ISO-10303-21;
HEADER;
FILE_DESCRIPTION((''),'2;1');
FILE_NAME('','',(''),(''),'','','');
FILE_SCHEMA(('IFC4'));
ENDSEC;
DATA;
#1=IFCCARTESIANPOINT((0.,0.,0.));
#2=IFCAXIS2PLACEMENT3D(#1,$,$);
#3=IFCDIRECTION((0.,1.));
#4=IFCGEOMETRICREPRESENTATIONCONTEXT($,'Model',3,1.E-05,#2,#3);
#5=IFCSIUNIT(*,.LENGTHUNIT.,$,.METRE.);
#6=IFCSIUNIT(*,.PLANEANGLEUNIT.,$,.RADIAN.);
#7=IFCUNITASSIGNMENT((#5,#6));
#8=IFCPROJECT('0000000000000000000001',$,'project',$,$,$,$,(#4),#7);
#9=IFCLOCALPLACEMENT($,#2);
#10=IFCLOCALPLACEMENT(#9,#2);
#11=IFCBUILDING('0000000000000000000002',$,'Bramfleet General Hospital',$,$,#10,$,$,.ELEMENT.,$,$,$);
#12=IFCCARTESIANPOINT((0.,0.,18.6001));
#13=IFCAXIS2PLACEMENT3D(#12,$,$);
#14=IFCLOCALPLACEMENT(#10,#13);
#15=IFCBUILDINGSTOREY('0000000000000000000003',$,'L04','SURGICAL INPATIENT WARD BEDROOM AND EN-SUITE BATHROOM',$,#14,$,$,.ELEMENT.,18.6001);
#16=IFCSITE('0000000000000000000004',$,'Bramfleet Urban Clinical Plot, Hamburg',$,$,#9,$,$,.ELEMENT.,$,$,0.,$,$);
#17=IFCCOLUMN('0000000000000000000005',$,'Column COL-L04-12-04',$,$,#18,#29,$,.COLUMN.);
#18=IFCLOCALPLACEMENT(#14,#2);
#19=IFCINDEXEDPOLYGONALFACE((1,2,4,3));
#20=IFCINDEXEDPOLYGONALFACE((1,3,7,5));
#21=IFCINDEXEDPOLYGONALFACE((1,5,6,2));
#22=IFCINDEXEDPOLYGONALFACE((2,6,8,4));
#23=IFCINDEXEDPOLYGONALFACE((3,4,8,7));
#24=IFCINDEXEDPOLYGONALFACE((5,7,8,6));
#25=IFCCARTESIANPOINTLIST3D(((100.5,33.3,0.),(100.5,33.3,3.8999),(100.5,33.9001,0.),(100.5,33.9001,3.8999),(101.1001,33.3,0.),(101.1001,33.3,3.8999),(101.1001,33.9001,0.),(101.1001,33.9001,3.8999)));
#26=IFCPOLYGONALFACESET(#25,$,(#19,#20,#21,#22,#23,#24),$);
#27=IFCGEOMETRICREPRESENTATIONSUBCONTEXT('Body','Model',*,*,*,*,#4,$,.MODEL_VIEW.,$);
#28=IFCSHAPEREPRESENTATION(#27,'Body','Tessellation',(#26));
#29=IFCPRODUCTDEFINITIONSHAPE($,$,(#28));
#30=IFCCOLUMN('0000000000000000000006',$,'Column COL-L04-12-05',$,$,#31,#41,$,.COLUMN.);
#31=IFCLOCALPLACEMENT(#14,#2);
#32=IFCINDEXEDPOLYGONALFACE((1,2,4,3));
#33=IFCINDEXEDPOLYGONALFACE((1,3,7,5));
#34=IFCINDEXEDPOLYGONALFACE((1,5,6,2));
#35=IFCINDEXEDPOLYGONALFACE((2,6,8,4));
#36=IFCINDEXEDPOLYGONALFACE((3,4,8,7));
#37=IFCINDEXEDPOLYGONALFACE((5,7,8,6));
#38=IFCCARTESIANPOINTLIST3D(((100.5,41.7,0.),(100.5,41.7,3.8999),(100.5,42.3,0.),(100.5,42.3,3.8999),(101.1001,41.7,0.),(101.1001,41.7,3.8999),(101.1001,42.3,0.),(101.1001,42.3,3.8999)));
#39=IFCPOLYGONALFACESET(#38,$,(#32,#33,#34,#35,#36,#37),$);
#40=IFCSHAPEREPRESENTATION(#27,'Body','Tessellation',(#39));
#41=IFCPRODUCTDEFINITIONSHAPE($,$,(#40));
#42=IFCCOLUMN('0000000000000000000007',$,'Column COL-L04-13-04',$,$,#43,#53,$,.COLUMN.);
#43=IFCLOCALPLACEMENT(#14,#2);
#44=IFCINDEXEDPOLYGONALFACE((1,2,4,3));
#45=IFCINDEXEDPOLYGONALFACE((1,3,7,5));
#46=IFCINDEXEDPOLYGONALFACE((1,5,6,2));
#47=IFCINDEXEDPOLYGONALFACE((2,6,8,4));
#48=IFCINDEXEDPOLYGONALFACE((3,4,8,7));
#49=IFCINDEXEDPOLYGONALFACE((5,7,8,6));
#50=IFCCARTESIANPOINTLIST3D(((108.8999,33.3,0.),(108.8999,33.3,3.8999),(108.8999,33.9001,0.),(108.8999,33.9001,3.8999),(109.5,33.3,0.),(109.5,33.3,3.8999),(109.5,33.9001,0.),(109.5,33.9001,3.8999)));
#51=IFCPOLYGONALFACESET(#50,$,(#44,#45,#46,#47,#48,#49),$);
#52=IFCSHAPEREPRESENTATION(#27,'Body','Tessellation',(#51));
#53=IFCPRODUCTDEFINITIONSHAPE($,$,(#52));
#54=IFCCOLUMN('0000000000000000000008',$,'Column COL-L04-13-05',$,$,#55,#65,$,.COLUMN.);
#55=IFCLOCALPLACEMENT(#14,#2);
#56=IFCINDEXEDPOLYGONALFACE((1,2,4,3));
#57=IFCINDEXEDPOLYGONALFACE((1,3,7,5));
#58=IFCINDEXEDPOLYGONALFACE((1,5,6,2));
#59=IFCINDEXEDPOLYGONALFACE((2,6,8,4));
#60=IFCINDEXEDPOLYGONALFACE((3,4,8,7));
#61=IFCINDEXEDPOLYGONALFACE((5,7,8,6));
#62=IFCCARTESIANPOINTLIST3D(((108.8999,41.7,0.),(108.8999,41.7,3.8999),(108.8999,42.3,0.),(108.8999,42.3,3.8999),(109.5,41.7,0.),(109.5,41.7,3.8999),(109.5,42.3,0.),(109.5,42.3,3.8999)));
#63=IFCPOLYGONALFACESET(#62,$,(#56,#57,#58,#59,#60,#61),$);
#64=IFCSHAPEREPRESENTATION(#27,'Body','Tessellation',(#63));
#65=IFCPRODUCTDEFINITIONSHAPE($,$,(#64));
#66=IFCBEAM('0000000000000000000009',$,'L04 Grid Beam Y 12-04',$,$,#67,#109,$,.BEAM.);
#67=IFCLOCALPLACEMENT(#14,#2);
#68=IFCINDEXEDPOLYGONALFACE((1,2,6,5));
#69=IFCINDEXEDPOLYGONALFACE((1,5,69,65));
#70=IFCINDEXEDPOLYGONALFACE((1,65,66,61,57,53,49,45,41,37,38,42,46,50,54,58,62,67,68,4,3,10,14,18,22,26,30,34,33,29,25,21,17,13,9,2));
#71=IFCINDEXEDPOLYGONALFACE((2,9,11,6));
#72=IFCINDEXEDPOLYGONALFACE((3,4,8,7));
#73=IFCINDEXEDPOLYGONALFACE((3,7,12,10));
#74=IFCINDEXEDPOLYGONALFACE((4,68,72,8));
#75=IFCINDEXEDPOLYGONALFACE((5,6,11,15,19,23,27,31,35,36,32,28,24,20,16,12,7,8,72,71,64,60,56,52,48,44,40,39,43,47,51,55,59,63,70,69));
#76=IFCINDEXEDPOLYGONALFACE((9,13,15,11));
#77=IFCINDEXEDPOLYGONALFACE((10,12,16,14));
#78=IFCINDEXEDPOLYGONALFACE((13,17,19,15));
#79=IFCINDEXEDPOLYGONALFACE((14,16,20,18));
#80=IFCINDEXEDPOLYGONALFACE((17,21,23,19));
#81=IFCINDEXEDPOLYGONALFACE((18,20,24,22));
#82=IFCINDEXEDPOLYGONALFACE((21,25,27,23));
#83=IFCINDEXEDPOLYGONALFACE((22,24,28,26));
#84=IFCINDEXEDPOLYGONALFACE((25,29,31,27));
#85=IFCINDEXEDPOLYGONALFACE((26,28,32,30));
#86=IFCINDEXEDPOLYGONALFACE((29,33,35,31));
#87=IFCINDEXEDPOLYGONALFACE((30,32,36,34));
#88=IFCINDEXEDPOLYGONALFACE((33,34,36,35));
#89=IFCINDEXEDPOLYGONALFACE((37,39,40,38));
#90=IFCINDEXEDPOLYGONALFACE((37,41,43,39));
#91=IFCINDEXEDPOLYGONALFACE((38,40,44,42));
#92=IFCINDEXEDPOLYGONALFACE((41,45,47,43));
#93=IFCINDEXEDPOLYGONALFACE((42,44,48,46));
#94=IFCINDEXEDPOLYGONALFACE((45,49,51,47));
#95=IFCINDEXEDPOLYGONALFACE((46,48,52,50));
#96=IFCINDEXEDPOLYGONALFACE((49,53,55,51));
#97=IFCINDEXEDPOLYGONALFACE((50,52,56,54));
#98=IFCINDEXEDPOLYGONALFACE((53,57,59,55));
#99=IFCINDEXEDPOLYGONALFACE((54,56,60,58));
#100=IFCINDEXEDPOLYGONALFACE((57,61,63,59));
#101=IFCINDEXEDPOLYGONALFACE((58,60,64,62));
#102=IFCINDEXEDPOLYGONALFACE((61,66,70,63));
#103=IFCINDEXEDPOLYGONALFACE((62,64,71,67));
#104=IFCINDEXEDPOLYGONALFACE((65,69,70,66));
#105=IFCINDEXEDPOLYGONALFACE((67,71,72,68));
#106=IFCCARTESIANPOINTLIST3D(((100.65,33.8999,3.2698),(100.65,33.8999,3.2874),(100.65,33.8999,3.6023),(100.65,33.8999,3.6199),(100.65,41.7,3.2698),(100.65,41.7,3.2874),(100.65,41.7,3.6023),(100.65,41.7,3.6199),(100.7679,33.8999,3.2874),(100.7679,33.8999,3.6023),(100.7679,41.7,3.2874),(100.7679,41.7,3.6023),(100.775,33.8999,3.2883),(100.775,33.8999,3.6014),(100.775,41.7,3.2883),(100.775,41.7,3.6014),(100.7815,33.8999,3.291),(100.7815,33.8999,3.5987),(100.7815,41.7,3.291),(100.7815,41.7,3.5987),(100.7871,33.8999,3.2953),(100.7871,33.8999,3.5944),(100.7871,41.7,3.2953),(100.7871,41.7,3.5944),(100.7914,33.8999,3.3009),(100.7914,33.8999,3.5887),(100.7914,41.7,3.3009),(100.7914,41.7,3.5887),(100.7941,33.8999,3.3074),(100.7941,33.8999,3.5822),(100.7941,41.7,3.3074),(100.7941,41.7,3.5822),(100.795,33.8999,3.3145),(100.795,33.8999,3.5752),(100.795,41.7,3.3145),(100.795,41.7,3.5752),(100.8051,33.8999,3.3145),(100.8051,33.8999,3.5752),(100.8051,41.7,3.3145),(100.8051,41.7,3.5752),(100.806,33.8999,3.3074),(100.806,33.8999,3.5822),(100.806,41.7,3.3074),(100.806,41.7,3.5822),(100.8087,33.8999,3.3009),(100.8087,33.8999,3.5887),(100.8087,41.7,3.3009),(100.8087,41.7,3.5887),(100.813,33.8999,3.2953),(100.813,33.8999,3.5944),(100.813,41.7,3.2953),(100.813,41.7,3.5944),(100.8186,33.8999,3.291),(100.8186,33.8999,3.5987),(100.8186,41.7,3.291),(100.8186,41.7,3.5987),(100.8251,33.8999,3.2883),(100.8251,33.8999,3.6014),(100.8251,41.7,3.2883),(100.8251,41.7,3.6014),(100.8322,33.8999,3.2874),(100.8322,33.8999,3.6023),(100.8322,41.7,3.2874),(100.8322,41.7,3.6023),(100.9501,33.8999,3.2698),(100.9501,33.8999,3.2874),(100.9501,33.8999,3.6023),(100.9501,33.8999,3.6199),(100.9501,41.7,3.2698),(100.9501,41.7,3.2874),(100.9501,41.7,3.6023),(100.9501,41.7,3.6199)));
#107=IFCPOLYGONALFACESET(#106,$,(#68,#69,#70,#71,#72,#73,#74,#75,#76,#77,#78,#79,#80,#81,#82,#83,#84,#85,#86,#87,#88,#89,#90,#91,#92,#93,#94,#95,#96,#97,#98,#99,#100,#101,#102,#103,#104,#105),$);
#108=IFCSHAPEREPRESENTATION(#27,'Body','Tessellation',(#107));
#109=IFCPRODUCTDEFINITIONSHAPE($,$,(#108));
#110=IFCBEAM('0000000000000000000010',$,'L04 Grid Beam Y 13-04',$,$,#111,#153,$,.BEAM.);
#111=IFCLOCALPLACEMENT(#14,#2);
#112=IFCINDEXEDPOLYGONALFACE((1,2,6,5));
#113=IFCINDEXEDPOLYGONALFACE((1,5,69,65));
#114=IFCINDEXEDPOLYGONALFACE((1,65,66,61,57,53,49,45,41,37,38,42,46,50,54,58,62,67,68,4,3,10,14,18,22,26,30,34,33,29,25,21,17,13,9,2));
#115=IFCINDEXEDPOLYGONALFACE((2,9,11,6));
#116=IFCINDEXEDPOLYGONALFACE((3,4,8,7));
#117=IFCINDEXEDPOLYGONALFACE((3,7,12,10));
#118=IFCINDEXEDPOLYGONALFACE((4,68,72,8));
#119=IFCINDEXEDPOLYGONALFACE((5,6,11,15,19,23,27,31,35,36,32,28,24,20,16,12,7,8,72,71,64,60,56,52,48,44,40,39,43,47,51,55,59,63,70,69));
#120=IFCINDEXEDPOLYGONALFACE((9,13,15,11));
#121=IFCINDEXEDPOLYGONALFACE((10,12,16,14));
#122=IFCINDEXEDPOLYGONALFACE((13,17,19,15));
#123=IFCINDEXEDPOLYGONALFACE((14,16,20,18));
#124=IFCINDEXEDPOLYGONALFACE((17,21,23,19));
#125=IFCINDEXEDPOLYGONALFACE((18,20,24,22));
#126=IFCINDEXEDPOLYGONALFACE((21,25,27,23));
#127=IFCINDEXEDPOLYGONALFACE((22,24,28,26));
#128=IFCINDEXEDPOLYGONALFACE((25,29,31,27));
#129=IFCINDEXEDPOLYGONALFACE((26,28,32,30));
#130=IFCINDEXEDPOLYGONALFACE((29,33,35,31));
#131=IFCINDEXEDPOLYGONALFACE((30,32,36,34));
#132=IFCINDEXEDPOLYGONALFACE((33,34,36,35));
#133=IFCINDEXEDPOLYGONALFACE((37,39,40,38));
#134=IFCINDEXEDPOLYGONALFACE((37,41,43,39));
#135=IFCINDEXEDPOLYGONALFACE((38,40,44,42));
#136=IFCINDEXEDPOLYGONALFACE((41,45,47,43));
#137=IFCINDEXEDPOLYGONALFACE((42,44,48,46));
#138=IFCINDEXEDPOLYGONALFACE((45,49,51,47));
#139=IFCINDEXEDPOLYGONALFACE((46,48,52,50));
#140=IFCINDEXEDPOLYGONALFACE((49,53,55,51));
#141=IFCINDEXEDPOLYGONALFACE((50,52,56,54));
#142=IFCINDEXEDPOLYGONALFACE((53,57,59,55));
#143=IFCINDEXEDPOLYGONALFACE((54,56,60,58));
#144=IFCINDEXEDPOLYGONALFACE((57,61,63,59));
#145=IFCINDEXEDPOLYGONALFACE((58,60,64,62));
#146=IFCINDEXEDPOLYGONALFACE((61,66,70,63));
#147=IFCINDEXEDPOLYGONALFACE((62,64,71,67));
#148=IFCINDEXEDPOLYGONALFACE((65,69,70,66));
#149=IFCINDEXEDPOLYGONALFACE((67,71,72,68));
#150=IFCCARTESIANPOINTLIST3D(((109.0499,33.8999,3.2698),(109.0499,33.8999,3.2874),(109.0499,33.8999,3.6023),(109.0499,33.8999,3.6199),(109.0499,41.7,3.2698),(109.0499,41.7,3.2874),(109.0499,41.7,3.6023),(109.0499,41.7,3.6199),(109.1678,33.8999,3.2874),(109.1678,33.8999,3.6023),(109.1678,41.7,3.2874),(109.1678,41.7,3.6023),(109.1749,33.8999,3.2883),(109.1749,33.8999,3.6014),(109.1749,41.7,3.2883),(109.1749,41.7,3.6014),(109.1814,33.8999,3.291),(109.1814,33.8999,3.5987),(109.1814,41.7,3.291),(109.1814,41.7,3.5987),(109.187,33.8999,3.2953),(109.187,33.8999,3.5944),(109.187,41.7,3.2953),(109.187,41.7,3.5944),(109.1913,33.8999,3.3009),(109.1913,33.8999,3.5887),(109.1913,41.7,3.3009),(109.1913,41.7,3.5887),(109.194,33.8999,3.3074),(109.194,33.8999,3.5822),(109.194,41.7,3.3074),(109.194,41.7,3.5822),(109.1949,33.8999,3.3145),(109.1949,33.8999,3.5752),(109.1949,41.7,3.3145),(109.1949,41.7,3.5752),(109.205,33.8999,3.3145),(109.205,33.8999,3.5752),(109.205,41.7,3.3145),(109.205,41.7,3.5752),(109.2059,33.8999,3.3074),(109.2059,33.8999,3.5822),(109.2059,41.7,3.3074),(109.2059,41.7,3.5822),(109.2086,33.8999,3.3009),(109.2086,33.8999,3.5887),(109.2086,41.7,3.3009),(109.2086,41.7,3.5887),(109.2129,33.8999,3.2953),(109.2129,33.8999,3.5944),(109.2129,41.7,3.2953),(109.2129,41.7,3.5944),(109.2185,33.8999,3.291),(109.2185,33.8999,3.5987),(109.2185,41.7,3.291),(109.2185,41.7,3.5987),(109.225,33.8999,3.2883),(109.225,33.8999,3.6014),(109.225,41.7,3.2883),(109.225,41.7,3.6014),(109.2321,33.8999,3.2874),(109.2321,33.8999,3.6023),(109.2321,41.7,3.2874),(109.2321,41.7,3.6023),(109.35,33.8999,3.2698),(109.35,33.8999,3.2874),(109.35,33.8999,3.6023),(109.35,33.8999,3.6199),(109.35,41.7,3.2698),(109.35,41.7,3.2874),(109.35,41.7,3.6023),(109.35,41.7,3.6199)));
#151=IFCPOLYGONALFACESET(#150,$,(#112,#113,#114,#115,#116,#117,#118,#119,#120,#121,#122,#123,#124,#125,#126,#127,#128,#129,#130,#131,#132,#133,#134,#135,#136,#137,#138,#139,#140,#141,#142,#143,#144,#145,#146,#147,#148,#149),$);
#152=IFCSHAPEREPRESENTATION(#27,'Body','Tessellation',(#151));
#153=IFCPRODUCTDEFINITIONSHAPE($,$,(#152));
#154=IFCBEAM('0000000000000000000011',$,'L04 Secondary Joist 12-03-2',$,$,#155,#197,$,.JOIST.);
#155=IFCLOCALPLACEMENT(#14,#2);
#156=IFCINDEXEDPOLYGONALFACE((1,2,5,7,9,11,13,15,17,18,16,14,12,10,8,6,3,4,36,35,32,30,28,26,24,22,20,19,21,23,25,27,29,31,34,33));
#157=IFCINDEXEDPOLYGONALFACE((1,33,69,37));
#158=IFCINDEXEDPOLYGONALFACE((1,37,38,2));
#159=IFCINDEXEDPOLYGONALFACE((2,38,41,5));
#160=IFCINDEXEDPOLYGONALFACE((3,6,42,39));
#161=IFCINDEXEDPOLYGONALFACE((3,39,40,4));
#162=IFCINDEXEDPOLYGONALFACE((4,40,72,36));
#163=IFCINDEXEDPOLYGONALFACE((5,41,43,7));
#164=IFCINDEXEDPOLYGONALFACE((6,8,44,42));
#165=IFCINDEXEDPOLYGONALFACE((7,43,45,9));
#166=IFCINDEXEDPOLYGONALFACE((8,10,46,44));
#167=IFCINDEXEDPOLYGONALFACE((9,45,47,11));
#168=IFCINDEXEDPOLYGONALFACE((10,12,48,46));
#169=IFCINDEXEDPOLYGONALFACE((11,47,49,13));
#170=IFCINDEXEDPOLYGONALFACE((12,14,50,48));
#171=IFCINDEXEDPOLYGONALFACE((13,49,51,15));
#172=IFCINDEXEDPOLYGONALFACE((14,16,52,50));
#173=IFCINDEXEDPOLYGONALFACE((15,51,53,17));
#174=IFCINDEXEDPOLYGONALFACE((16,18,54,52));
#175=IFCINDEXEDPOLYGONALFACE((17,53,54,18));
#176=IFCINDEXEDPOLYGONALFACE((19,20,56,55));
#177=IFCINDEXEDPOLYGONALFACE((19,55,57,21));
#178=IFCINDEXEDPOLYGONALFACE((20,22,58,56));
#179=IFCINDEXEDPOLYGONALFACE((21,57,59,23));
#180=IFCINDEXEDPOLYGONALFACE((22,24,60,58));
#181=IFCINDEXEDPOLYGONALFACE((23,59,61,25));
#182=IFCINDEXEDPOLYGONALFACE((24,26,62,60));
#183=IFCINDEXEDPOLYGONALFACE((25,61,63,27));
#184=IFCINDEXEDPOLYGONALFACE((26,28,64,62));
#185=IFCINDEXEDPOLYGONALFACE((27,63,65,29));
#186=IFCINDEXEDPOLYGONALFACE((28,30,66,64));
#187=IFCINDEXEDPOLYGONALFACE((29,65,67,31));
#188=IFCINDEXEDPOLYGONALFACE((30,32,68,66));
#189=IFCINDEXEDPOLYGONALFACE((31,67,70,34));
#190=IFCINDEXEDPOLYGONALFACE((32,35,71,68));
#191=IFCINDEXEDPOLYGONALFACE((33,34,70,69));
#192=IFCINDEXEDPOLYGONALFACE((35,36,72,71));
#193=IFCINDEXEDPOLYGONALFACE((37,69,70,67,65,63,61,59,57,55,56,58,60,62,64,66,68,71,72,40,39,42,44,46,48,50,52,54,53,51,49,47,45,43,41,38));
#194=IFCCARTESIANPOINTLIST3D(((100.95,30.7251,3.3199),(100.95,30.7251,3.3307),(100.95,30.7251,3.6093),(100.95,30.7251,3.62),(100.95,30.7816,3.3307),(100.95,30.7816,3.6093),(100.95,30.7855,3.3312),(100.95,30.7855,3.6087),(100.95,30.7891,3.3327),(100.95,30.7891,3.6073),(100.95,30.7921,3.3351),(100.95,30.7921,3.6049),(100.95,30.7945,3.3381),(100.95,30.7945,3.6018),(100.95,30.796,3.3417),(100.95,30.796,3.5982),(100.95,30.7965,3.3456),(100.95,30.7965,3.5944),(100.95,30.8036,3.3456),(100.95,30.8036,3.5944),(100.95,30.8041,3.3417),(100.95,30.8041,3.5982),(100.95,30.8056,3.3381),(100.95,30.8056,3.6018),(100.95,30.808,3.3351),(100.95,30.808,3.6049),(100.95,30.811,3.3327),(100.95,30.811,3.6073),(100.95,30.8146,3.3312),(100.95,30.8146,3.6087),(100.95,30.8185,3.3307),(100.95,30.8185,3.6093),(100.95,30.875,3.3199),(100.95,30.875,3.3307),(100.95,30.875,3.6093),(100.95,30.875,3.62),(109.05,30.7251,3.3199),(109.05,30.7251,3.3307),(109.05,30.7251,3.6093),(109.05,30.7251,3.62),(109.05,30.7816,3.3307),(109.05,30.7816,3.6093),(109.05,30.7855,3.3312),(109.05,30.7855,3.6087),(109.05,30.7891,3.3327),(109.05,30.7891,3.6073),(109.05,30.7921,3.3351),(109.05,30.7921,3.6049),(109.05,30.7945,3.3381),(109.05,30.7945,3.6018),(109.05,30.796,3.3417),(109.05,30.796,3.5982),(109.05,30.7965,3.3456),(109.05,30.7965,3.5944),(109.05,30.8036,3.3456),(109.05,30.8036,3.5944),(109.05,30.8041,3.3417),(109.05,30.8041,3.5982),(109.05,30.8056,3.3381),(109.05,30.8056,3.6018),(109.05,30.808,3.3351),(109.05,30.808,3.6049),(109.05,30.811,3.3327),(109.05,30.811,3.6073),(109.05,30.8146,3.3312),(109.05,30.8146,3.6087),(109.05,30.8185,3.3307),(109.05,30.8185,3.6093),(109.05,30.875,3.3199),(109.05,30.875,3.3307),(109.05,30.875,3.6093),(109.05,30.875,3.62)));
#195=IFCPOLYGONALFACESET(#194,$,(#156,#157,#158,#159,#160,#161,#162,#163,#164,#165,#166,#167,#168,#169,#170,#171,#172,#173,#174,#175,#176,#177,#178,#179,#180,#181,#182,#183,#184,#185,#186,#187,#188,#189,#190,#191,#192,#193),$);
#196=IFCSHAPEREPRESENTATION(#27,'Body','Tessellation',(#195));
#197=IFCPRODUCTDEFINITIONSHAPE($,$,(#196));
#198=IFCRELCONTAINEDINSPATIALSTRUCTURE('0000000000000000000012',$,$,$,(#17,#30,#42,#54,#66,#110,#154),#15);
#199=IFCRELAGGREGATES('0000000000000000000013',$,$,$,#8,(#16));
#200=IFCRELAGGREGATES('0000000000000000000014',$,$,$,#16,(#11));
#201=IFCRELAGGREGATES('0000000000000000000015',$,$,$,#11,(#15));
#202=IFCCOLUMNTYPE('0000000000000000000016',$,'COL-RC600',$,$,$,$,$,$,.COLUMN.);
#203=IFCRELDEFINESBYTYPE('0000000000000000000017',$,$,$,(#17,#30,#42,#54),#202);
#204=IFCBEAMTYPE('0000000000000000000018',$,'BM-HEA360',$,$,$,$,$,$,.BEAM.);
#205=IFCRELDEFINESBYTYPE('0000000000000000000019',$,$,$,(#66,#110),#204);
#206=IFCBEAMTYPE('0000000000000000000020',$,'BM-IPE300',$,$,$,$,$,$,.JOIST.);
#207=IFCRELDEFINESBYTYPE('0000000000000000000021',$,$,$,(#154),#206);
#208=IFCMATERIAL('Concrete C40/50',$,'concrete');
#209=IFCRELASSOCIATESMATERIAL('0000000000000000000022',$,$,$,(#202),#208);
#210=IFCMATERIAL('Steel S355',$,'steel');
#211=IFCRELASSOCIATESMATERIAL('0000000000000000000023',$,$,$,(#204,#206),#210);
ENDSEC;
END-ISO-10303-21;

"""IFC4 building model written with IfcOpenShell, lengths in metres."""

from ifc_helpers import new_model, si_unit, direction, frame, origin, origin_2d, place, context, subcontext, project, spatial, rectangle, i_section, extrude, material, material_profile, profile_set, type_object, element, save


model = new_model("IFC4")

# Units and contexts
model_context = context("Model", 3, precision=1e-05, world=origin(), true_north=direction((0.0, 1.0)))
body_context = subcontext(model_context, "Body", "Model", "MODEL_VIEW")
ifc_project = project(units=[si_unit("LENGTHUNIT", "METRE"), si_unit("PLANEANGLEUNIT", "RADIAN")], contexts=[model_context])

# Site, building, storey
site_placement = place(None, origin())
site = spatial("IfcSite", under=ifc_project, at=site_placement, Name="Bramfleet Urban Clinical Plot, Hamburg", CompositionType="ELEMENT", RefElevation=0.0)
building_placement = place(site_placement, origin())
building = spatial("IfcBuilding", under=site, at=building_placement, Name="Bramfleet General Hospital", CompositionType="ELEMENT")
storey_placement = place(building_placement, frame((0.0, 0.0, 18.6001)))
storey = spatial("IfcBuildingStorey", under=building, at=storey_placement, Name="L04", Description="SURGICAL INPATIENT WARD BEDROOM AND EN-SUITE BATHROOM", CompositionType="ELEMENT", Elevation=18.6001)

# Columns
ifc_material_1 = material(Name="Concrete C40/50", Category="concrete")
ifc_material_profile_1 = material_profile(ifc_material_1, rectangle(XDim=0.6001, YDim=0.6001, at=origin_2d()), Name="RC COL 600x600")
ifc_profile_set_1 = profile_set([ifc_material_profile_1], Name="Concrete C40/50")
column_type = type_object("IfcColumnType", Name="COL-RC600", PredefinedType="COLUMN", material=ifc_profile_set_1)
for number, where, z_axis, x_axis, name in (
    (1, (100.8, 33.6001, 0.0), (0.0, 0.0, 1.0), (1.0, 0.0, 0.0), "Column COL-L04-12-04"),
    (2, (100.8, 42.0, 0.0), (0.0, 0.0, 1.0), (1.0, 0.0, 0.0), "Column COL-L04-12-05"),
    (3, (109.2, 33.6001, 0.0), (0.0, 0.0, 1.0), (1.0, 0.0, 0.0), "Column COL-L04-13-04"),
    (4, (109.2, 42.0, 0.0), (0.0, 0.0, 1.0), (1.0, 0.0, 0.0), "Column COL-L04-13-05"),
):
    element("IfcColumn", number, at=place(storey_placement, frame(where, z_axis=z_axis, x_axis=x_axis)), inside=storey, type_object=column_type, Name=name, PredefinedType="COLUMN", context=body_context, shape_type="SweptSolid", body=[
        extrude(rectangle(XDim=0.6001, YDim=0.6001, at=origin_2d()), origin(), (0.0, 0.0, 1.0), 3.8999),
    ])

# Beams
ifc_material_2 = material(Name="Steel S355", Category="steel")
ifc_material_profile_2 = material_profile(ifc_material_2, i_section(OverallWidth=0.3, OverallDepth=0.3501, WebThickness=0.01, FlangeThickness=0.0176, FilletRadius=0.0271, at=origin_2d()), Name="HEA 360")
ifc_profile_set_2 = profile_set([ifc_material_profile_2], Name="Steel S355")
beam_type_1 = type_object("IfcBeamType", Name="BM-HEA360", PredefinedType="BEAM", material=ifc_profile_set_2)
for number, where, z_axis, x_axis, name in (
    (5, (100.8, 33.8999, 3.4448), (0.0, 1.0, 0.0), (-1.0, 0.0, 0.0), "L04 Grid Beam Y 12-04"),
    (6, (109.2, 33.8999, 3.4448), (0.0, 1.0, 0.0), (-1.0, 0.0, 0.0), "L04 Grid Beam Y 13-04"),
):
    element("IfcBeam", number, at=place(storey_placement, frame(where, z_axis=z_axis, x_axis=x_axis)), inside=storey, type_object=beam_type_1, Name=name, PredefinedType="BEAM", context=body_context, shape_type="SweptSolid", body=[
        extrude(i_section(OverallWidth=0.3, OverallDepth=0.3501, WebThickness=0.01, FlangeThickness=0.0176, FilletRadius=0.0271, at=origin_2d()), origin(), (0.0, 0.0, 1.0), 7.8),
    ])
ifc_material_profile_3 = material_profile(ifc_material_2, i_section(OverallWidth=0.1499, OverallDepth=0.3, WebThickness=0.0071, FlangeThickness=0.0107, FilletRadius=0.0149, at=origin_2d()), Name="IPE 300")
ifc_profile_set_3 = profile_set([ifc_material_profile_3], Name="Steel S355")
beam_type_2 = type_object("IfcBeamType", Name="BM-IPE300", PredefinedType="JOIST", material=ifc_profile_set_3)
for number, where, z_axis, x_axis, name in (
    (7, (100.95, 30.8, 3.47), (1.0, 0.0, 0.0), (0.0, 1.0, 0.0), "L04 Secondary Joist 12-03-2"),
):
    element("IfcBeam", number, at=place(storey_placement, frame(where, z_axis=z_axis, x_axis=x_axis)), inside=storey, type_object=beam_type_2, Name=name, PredefinedType="JOIST", context=body_context, shape_type="SweptSolid", body=[
        extrude(i_section(OverallWidth=0.1499, OverallDepth=0.3, WebThickness=0.0071, FlangeThickness=0.0107, FilletRadius=0.0149, at=origin_2d()), origin(), (0.0, 0.0, 1.0), 8.1001),
    ])

save(model, "model.ifc")
